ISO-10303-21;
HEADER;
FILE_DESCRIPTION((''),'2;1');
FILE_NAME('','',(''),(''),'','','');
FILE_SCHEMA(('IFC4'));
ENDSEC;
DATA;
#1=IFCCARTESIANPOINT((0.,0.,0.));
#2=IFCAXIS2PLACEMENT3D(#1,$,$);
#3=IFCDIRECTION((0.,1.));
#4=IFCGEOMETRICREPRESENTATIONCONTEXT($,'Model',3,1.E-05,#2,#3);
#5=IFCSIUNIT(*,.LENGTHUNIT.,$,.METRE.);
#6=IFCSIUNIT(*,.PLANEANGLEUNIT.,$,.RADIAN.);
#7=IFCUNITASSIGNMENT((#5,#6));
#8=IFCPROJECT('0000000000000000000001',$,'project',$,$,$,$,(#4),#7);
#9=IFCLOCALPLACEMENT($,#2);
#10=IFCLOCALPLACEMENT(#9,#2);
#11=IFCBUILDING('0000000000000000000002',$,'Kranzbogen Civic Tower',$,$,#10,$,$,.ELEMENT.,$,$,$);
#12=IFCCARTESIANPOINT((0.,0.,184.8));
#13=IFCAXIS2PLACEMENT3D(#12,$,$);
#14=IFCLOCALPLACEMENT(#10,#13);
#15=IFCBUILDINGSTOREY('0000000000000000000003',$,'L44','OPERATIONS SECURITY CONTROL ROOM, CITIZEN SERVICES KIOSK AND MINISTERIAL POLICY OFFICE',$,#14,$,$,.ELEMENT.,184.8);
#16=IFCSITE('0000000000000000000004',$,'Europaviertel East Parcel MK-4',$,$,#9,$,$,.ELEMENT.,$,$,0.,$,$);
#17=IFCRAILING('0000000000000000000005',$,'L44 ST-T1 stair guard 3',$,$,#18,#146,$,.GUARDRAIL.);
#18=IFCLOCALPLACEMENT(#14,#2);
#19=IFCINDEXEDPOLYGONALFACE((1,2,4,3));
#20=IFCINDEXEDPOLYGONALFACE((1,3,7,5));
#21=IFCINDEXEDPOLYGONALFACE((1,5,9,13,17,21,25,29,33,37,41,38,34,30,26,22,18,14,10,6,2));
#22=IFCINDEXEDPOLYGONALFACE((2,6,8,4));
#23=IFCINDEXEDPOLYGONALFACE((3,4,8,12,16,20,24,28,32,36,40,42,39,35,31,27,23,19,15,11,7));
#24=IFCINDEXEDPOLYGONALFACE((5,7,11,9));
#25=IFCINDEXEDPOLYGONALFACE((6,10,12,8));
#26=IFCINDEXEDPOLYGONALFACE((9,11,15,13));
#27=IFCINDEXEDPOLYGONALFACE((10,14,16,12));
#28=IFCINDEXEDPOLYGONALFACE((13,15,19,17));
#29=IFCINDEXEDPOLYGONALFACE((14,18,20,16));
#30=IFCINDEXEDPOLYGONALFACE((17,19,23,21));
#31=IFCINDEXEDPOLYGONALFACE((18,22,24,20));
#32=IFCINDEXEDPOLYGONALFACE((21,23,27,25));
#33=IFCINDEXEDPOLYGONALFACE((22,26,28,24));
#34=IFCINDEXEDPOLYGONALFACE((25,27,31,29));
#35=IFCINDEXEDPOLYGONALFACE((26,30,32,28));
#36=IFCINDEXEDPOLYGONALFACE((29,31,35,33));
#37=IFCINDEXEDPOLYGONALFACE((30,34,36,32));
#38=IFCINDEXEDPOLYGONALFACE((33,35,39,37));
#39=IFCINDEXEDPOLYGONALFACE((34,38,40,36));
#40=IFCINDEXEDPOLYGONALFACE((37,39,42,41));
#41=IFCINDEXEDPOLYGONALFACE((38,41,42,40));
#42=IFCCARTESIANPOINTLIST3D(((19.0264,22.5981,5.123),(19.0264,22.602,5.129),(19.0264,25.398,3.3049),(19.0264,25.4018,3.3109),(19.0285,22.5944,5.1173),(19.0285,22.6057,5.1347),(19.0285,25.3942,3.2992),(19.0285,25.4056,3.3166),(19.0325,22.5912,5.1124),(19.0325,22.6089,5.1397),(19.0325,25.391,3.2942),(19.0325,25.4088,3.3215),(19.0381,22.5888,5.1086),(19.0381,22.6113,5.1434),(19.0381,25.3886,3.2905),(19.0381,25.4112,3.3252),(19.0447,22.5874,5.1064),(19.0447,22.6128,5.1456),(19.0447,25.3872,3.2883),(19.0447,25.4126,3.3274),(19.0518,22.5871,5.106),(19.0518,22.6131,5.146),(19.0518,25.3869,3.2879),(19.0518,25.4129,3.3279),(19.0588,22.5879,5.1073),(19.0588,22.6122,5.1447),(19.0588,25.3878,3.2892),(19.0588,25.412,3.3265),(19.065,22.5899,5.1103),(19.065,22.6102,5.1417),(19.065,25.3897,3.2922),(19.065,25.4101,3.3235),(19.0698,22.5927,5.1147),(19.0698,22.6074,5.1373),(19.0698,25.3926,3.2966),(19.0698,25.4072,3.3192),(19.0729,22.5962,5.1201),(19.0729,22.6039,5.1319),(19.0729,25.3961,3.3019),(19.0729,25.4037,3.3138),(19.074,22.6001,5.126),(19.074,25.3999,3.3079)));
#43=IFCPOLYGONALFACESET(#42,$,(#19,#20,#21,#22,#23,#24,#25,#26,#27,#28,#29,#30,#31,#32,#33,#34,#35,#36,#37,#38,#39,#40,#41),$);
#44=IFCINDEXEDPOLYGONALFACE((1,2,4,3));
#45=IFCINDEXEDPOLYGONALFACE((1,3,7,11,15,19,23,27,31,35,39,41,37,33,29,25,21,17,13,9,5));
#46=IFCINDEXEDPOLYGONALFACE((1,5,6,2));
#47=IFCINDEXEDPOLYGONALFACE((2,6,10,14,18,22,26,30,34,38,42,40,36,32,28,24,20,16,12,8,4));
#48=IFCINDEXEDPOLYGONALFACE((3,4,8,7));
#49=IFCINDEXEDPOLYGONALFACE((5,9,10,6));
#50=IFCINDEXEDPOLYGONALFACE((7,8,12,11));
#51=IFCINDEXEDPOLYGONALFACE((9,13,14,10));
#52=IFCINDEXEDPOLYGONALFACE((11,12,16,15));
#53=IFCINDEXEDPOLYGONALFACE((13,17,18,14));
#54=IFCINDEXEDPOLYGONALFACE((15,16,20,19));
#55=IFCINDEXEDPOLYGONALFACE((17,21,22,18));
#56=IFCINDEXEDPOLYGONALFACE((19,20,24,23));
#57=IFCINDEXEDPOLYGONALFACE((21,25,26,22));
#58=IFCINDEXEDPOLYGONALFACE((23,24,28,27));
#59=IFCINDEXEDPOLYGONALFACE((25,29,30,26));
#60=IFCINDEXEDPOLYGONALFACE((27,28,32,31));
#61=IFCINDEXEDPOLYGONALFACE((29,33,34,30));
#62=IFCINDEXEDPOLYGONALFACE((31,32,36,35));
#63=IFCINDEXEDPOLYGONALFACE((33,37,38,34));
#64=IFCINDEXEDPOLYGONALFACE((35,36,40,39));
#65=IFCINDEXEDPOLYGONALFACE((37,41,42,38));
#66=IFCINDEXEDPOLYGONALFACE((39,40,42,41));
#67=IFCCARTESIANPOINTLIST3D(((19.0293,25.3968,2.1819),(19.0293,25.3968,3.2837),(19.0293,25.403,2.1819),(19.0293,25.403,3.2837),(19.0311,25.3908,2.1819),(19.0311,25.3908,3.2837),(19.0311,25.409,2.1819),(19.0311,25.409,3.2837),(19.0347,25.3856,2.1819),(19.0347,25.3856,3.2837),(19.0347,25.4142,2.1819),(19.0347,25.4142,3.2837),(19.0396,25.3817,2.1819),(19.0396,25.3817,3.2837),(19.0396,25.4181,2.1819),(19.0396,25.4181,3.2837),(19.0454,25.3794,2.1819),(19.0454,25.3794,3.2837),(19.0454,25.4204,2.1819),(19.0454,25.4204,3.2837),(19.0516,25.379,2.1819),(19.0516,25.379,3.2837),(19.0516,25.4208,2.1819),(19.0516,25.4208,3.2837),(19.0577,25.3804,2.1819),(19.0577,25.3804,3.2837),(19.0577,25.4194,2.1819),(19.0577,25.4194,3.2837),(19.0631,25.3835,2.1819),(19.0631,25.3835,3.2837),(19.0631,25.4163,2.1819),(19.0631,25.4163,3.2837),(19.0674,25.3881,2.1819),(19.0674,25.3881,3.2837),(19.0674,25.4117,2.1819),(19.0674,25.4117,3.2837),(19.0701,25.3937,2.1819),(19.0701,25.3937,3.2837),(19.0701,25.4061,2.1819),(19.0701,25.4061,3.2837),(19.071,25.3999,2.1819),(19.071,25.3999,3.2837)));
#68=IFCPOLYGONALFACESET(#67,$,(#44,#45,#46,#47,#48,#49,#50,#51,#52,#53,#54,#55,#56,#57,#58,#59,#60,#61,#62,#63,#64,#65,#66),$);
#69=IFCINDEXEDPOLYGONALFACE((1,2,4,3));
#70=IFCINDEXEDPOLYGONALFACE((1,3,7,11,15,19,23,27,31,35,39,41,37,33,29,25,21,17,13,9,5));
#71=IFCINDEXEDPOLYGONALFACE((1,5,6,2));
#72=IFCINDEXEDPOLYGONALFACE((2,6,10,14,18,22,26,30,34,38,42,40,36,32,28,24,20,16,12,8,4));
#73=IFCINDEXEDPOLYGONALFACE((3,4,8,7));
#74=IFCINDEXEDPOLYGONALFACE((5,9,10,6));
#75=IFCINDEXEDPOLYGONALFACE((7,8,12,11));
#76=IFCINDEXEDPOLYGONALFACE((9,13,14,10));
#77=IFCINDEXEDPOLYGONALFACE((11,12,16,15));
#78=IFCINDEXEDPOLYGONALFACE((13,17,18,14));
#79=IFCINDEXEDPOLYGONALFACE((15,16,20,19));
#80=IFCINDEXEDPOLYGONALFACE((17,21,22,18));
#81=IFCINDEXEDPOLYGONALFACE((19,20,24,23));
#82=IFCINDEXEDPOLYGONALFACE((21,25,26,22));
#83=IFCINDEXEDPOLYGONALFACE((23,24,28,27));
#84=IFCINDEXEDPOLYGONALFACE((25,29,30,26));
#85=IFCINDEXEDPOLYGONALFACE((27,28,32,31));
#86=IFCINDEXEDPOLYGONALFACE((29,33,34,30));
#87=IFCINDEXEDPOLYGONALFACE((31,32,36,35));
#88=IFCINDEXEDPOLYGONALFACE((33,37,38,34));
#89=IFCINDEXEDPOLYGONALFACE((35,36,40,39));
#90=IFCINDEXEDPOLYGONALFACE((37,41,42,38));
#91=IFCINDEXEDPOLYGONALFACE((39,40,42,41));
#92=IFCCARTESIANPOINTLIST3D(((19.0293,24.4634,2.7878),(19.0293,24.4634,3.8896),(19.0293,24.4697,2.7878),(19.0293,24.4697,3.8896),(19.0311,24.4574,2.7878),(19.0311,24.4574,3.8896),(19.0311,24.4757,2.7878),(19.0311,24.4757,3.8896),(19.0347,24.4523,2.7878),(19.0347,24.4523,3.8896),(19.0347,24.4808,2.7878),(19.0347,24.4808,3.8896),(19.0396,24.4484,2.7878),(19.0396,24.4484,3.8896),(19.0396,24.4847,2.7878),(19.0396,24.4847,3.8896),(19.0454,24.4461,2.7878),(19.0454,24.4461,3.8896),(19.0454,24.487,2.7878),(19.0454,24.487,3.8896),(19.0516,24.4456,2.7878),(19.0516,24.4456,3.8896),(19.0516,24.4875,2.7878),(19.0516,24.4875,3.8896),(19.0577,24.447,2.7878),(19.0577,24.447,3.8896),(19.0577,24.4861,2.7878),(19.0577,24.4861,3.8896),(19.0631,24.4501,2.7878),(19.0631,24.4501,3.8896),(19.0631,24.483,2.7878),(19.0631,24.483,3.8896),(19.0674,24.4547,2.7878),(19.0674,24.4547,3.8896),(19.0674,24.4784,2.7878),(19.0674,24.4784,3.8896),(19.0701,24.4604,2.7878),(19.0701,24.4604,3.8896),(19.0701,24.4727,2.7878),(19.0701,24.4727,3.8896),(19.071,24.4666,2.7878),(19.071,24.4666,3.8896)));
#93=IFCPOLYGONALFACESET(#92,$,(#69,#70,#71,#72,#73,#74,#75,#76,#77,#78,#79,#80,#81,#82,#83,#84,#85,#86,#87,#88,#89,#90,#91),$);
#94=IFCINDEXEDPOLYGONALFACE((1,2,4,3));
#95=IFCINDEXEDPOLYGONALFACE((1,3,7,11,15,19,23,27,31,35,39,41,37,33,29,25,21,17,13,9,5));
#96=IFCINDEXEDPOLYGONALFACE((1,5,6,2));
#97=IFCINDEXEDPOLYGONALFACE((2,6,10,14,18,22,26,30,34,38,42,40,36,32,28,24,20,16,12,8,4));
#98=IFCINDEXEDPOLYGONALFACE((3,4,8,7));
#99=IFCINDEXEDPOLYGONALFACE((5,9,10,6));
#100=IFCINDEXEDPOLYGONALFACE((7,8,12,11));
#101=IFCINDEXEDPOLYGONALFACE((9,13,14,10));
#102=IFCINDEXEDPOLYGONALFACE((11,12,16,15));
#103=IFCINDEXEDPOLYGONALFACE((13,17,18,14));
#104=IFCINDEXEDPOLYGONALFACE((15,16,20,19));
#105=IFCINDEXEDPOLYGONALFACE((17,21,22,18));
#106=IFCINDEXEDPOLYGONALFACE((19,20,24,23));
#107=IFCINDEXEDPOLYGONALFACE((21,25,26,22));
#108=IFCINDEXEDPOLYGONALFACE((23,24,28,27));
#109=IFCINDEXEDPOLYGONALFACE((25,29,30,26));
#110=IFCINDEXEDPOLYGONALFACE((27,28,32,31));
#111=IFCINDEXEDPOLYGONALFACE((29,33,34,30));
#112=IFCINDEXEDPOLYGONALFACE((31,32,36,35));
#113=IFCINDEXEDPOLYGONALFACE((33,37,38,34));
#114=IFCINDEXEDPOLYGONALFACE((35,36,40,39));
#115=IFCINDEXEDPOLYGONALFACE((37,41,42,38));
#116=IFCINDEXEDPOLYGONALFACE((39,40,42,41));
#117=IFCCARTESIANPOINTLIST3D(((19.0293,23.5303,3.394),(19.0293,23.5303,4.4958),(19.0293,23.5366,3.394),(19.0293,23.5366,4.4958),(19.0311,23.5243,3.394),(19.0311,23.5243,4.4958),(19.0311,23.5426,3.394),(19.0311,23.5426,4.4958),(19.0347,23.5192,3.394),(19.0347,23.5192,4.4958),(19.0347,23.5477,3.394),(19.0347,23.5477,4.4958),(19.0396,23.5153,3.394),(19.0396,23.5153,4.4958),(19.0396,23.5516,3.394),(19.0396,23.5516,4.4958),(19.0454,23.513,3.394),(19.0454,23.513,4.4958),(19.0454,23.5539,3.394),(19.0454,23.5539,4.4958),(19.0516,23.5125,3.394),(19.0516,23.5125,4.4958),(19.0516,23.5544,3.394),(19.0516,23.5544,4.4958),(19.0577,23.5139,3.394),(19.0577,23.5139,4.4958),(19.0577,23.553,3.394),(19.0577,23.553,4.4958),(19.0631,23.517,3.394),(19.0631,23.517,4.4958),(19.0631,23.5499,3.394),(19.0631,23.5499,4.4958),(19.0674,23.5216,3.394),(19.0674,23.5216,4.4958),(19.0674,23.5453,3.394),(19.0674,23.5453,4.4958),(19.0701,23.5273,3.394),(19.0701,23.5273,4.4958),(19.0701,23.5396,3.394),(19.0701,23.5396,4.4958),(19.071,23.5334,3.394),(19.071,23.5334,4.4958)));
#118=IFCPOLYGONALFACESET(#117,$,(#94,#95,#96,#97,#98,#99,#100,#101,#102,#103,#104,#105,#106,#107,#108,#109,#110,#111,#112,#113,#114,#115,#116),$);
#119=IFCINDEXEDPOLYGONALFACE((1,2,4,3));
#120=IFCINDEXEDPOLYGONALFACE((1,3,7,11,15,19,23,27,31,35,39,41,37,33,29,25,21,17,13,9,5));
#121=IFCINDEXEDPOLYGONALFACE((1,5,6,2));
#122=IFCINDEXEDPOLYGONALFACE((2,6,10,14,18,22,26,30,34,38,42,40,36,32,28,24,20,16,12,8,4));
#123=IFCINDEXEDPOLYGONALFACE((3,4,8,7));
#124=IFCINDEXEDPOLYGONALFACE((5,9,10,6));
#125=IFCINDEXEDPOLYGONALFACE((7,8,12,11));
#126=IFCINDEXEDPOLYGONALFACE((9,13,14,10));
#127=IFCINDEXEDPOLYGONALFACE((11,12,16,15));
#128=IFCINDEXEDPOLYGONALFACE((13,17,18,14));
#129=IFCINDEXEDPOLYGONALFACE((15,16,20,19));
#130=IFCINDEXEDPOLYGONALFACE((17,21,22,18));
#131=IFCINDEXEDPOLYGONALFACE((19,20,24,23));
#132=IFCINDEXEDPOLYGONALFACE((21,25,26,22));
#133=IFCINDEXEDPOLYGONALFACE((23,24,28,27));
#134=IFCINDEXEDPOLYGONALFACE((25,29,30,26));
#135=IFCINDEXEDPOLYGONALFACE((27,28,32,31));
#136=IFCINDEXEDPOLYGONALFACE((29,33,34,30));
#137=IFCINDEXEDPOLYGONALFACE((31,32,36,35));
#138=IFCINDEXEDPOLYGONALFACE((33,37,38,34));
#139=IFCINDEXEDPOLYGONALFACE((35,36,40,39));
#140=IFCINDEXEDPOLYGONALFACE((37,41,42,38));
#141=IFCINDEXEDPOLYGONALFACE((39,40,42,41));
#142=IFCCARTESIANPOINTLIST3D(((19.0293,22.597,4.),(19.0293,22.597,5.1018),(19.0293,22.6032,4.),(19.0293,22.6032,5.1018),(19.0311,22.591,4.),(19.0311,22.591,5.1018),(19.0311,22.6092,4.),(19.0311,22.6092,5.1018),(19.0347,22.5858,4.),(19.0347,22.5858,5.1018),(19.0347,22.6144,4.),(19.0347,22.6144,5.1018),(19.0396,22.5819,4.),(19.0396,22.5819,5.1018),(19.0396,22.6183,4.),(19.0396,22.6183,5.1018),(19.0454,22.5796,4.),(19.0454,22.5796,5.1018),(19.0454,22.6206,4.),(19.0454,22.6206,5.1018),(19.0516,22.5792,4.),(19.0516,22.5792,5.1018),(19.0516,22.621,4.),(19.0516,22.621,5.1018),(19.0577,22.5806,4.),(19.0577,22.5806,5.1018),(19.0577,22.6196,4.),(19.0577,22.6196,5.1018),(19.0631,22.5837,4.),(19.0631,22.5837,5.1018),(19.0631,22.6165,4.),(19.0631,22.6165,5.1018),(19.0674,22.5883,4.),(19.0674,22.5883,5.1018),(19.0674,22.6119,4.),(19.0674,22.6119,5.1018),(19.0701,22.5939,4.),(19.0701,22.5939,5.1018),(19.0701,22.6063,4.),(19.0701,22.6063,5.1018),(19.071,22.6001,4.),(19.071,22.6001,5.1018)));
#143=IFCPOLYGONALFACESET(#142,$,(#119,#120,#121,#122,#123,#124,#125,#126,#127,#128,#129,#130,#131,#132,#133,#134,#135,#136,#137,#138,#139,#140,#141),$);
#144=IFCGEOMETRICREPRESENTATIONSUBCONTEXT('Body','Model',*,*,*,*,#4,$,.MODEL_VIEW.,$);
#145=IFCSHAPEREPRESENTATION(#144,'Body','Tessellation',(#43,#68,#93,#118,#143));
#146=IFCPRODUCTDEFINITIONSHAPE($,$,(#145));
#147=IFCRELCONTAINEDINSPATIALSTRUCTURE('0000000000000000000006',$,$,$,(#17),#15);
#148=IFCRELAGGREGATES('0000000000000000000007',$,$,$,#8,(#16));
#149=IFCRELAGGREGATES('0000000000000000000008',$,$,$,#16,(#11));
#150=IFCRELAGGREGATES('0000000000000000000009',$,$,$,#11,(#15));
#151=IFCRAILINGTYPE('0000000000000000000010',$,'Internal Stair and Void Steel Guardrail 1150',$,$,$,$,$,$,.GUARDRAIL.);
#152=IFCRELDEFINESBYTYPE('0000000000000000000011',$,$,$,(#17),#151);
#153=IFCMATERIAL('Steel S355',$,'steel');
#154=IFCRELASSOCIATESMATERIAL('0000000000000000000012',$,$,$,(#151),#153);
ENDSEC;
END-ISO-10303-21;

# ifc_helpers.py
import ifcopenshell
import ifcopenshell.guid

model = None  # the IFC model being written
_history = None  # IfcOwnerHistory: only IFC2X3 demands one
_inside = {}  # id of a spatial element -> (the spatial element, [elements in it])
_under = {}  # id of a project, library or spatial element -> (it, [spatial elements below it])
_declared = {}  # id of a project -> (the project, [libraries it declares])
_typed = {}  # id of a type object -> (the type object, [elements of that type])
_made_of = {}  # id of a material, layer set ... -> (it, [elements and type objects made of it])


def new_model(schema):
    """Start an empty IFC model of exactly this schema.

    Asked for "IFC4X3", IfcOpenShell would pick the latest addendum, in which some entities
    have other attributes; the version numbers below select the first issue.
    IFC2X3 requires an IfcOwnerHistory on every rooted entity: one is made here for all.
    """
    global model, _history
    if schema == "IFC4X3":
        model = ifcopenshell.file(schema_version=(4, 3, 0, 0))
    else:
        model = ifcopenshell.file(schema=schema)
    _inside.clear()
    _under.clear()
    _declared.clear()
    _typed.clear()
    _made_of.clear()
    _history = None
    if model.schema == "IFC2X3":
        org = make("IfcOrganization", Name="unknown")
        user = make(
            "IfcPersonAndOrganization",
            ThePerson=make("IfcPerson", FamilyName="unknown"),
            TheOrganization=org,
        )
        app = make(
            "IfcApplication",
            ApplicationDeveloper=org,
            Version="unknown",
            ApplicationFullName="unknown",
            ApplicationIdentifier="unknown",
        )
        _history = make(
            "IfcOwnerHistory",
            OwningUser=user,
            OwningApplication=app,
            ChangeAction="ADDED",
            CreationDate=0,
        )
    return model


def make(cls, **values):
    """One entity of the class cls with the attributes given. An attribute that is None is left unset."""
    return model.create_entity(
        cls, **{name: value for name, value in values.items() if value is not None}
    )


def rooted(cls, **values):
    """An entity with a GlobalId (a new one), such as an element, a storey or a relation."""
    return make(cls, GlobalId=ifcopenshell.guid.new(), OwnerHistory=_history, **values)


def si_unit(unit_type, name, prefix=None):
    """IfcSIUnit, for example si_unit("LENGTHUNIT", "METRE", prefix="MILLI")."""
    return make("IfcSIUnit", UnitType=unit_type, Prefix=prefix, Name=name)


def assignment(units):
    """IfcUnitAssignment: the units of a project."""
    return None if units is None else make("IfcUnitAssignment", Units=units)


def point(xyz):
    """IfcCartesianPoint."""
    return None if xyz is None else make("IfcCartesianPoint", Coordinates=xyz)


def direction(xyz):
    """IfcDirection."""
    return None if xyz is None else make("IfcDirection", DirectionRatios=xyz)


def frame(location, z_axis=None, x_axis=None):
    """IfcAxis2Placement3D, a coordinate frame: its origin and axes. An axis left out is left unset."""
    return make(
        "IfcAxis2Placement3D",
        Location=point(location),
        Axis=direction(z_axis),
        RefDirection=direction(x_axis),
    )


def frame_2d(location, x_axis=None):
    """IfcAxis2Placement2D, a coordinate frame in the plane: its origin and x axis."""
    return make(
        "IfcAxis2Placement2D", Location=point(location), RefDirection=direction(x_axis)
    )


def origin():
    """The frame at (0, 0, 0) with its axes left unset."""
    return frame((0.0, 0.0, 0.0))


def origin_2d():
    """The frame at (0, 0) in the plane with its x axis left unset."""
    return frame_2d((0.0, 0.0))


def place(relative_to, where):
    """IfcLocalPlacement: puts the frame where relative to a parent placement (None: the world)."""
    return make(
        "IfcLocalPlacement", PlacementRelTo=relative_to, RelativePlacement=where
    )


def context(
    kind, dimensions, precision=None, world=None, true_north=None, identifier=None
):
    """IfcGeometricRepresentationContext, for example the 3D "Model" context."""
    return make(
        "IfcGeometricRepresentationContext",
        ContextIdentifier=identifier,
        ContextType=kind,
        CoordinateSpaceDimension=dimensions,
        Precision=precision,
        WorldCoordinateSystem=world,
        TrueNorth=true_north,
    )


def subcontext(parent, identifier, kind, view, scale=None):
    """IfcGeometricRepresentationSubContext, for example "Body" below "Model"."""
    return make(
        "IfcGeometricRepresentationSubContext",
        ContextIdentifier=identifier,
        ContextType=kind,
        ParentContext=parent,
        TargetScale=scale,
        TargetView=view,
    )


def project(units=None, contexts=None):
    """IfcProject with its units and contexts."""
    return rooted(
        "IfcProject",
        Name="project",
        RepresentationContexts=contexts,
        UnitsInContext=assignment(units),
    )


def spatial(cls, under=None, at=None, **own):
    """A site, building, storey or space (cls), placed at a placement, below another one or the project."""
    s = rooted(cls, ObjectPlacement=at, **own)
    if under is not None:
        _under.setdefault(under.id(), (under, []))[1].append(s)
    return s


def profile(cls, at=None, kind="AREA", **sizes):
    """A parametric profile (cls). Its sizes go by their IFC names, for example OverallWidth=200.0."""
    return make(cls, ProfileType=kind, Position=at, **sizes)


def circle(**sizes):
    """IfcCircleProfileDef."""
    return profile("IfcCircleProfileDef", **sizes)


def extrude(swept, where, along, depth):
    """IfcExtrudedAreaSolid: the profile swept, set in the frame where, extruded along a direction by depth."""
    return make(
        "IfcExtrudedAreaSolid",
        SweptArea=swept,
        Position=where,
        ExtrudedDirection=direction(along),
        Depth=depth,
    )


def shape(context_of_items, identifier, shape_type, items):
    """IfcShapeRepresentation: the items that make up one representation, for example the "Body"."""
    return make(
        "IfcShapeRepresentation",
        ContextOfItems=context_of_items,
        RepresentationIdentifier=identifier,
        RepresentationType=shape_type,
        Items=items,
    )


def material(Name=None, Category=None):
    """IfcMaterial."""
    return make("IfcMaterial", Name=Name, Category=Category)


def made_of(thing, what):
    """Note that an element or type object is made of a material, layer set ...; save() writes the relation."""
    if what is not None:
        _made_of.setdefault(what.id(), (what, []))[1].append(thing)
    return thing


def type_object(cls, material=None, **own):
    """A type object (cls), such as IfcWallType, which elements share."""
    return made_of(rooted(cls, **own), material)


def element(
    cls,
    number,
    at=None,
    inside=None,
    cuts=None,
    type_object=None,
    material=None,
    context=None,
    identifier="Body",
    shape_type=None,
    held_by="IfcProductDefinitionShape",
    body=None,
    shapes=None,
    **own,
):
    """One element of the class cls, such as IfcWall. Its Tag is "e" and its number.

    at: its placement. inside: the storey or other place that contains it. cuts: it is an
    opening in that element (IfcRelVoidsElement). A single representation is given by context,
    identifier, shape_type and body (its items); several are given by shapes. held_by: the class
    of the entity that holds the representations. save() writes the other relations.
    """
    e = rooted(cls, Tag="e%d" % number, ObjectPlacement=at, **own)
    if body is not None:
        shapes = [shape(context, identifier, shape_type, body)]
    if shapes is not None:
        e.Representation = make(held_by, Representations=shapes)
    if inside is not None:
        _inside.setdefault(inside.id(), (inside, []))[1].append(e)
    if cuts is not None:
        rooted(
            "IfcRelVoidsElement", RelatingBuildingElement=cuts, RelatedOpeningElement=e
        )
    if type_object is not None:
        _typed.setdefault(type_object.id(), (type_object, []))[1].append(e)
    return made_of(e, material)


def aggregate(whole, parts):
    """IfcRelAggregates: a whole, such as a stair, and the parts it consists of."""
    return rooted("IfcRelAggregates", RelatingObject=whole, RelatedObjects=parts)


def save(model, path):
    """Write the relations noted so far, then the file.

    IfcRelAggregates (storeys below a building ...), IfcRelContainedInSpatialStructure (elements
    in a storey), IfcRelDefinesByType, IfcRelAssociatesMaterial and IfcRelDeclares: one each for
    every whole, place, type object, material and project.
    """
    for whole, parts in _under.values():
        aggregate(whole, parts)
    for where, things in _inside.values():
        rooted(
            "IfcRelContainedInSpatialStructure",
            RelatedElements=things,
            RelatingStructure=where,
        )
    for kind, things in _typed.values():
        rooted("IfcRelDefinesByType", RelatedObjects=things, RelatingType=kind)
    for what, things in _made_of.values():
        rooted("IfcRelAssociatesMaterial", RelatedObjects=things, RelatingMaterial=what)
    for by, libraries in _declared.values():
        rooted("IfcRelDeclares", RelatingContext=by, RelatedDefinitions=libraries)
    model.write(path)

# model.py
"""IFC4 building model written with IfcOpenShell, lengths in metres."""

from ifc_helpers import new_model, si_unit, direction, frame, origin, origin_2d, place, context, subcontext, project, spatial, circle, extrude, material, type_object, element, save


model = new_model("IFC4")

# Units and contexts
model_context = context("Model", 3, precision=1e-05, world=origin(), true_north=direction((0.0, 1.0)))
body_context = subcontext(model_context, "Body", "Model", "MODEL_VIEW")
ifc_project = project(units=[si_unit("LENGTHUNIT", "METRE"), si_unit("PLANEANGLEUNIT", "RADIAN")], contexts=[model_context])

# Site, building, storey
site_placement = place(None, origin())
site = spatial("IfcSite", under=ifc_project, at=site_placement, Name="Europaviertel East Parcel MK-4", CompositionType="ELEMENT", RefElevation=0.0)
building_placement = place(site_placement, origin())
building = spatial("IfcBuilding", under=site, at=building_placement, Name="Kranzbogen Civic Tower", CompositionType="ELEMENT")
storey_placement = place(building_placement, frame((0.0, 0.0, 184.8)))
storey = spatial("IfcBuildingStorey", under=building, at=storey_placement, Name="L44", Description="OPERATIONS SECURITY CONTROL ROOM, CITIZEN SERVICES KIOSK AND MINISTERIAL POLICY OFFICE", CompositionType="ELEMENT", Elevation=184.8)

# Shared definitions
ifc_material_1 = material(Name="Steel S355", Category="steel")

# Railing
railing_type_1 = type_object("IfcRailingType", Name="Internal Stair and Void Steel Guardrail 1150", PredefinedType="GUARDRAIL", material=ifc_material_1)
railing_1_placement = place(storey_placement, frame((19.05, 25.3999, 2.1819)))
element("IfcRailing", 1, at=railing_1_placement, inside=storey, type_object=railing_type_1, Name="L44 ST-T1 stair guard 3", PredefinedType="GUARDRAIL", context=body_context, shape_type="SweptSolid", body=[
    extrude(circle(Radius=0.0239, at=origin_2d()), frame((0.0, 0.0, 1.126), z_axis=(0.0, -0.838684, 0.544618), x_axis=(1.0, 0.0, 0.0)), (0.0, 0.0, 1.0), 3.3384),
    extrude(circle(Radius=0.021, at=origin_2d()), origin(), (0.0, 0.0, 1.0), 1.1018),
    extrude(circle(Radius=0.021, at=origin_2d()), frame((0.0, -0.9333, 0.606)), (0.0, 0.0, 1.0), 1.1018),
    extrude(circle(Radius=0.021, at=origin_2d()), frame((0.0, -1.8665, 1.2122)), (0.0, 0.0, 1.0), 1.1018),
    extrude(circle(Radius=0.021, at=origin_2d()), frame((0.0, -2.7998, 1.8181)), (0.0, 0.0, 1.0), 1.1018),
])

save(model, "model.ifc")
